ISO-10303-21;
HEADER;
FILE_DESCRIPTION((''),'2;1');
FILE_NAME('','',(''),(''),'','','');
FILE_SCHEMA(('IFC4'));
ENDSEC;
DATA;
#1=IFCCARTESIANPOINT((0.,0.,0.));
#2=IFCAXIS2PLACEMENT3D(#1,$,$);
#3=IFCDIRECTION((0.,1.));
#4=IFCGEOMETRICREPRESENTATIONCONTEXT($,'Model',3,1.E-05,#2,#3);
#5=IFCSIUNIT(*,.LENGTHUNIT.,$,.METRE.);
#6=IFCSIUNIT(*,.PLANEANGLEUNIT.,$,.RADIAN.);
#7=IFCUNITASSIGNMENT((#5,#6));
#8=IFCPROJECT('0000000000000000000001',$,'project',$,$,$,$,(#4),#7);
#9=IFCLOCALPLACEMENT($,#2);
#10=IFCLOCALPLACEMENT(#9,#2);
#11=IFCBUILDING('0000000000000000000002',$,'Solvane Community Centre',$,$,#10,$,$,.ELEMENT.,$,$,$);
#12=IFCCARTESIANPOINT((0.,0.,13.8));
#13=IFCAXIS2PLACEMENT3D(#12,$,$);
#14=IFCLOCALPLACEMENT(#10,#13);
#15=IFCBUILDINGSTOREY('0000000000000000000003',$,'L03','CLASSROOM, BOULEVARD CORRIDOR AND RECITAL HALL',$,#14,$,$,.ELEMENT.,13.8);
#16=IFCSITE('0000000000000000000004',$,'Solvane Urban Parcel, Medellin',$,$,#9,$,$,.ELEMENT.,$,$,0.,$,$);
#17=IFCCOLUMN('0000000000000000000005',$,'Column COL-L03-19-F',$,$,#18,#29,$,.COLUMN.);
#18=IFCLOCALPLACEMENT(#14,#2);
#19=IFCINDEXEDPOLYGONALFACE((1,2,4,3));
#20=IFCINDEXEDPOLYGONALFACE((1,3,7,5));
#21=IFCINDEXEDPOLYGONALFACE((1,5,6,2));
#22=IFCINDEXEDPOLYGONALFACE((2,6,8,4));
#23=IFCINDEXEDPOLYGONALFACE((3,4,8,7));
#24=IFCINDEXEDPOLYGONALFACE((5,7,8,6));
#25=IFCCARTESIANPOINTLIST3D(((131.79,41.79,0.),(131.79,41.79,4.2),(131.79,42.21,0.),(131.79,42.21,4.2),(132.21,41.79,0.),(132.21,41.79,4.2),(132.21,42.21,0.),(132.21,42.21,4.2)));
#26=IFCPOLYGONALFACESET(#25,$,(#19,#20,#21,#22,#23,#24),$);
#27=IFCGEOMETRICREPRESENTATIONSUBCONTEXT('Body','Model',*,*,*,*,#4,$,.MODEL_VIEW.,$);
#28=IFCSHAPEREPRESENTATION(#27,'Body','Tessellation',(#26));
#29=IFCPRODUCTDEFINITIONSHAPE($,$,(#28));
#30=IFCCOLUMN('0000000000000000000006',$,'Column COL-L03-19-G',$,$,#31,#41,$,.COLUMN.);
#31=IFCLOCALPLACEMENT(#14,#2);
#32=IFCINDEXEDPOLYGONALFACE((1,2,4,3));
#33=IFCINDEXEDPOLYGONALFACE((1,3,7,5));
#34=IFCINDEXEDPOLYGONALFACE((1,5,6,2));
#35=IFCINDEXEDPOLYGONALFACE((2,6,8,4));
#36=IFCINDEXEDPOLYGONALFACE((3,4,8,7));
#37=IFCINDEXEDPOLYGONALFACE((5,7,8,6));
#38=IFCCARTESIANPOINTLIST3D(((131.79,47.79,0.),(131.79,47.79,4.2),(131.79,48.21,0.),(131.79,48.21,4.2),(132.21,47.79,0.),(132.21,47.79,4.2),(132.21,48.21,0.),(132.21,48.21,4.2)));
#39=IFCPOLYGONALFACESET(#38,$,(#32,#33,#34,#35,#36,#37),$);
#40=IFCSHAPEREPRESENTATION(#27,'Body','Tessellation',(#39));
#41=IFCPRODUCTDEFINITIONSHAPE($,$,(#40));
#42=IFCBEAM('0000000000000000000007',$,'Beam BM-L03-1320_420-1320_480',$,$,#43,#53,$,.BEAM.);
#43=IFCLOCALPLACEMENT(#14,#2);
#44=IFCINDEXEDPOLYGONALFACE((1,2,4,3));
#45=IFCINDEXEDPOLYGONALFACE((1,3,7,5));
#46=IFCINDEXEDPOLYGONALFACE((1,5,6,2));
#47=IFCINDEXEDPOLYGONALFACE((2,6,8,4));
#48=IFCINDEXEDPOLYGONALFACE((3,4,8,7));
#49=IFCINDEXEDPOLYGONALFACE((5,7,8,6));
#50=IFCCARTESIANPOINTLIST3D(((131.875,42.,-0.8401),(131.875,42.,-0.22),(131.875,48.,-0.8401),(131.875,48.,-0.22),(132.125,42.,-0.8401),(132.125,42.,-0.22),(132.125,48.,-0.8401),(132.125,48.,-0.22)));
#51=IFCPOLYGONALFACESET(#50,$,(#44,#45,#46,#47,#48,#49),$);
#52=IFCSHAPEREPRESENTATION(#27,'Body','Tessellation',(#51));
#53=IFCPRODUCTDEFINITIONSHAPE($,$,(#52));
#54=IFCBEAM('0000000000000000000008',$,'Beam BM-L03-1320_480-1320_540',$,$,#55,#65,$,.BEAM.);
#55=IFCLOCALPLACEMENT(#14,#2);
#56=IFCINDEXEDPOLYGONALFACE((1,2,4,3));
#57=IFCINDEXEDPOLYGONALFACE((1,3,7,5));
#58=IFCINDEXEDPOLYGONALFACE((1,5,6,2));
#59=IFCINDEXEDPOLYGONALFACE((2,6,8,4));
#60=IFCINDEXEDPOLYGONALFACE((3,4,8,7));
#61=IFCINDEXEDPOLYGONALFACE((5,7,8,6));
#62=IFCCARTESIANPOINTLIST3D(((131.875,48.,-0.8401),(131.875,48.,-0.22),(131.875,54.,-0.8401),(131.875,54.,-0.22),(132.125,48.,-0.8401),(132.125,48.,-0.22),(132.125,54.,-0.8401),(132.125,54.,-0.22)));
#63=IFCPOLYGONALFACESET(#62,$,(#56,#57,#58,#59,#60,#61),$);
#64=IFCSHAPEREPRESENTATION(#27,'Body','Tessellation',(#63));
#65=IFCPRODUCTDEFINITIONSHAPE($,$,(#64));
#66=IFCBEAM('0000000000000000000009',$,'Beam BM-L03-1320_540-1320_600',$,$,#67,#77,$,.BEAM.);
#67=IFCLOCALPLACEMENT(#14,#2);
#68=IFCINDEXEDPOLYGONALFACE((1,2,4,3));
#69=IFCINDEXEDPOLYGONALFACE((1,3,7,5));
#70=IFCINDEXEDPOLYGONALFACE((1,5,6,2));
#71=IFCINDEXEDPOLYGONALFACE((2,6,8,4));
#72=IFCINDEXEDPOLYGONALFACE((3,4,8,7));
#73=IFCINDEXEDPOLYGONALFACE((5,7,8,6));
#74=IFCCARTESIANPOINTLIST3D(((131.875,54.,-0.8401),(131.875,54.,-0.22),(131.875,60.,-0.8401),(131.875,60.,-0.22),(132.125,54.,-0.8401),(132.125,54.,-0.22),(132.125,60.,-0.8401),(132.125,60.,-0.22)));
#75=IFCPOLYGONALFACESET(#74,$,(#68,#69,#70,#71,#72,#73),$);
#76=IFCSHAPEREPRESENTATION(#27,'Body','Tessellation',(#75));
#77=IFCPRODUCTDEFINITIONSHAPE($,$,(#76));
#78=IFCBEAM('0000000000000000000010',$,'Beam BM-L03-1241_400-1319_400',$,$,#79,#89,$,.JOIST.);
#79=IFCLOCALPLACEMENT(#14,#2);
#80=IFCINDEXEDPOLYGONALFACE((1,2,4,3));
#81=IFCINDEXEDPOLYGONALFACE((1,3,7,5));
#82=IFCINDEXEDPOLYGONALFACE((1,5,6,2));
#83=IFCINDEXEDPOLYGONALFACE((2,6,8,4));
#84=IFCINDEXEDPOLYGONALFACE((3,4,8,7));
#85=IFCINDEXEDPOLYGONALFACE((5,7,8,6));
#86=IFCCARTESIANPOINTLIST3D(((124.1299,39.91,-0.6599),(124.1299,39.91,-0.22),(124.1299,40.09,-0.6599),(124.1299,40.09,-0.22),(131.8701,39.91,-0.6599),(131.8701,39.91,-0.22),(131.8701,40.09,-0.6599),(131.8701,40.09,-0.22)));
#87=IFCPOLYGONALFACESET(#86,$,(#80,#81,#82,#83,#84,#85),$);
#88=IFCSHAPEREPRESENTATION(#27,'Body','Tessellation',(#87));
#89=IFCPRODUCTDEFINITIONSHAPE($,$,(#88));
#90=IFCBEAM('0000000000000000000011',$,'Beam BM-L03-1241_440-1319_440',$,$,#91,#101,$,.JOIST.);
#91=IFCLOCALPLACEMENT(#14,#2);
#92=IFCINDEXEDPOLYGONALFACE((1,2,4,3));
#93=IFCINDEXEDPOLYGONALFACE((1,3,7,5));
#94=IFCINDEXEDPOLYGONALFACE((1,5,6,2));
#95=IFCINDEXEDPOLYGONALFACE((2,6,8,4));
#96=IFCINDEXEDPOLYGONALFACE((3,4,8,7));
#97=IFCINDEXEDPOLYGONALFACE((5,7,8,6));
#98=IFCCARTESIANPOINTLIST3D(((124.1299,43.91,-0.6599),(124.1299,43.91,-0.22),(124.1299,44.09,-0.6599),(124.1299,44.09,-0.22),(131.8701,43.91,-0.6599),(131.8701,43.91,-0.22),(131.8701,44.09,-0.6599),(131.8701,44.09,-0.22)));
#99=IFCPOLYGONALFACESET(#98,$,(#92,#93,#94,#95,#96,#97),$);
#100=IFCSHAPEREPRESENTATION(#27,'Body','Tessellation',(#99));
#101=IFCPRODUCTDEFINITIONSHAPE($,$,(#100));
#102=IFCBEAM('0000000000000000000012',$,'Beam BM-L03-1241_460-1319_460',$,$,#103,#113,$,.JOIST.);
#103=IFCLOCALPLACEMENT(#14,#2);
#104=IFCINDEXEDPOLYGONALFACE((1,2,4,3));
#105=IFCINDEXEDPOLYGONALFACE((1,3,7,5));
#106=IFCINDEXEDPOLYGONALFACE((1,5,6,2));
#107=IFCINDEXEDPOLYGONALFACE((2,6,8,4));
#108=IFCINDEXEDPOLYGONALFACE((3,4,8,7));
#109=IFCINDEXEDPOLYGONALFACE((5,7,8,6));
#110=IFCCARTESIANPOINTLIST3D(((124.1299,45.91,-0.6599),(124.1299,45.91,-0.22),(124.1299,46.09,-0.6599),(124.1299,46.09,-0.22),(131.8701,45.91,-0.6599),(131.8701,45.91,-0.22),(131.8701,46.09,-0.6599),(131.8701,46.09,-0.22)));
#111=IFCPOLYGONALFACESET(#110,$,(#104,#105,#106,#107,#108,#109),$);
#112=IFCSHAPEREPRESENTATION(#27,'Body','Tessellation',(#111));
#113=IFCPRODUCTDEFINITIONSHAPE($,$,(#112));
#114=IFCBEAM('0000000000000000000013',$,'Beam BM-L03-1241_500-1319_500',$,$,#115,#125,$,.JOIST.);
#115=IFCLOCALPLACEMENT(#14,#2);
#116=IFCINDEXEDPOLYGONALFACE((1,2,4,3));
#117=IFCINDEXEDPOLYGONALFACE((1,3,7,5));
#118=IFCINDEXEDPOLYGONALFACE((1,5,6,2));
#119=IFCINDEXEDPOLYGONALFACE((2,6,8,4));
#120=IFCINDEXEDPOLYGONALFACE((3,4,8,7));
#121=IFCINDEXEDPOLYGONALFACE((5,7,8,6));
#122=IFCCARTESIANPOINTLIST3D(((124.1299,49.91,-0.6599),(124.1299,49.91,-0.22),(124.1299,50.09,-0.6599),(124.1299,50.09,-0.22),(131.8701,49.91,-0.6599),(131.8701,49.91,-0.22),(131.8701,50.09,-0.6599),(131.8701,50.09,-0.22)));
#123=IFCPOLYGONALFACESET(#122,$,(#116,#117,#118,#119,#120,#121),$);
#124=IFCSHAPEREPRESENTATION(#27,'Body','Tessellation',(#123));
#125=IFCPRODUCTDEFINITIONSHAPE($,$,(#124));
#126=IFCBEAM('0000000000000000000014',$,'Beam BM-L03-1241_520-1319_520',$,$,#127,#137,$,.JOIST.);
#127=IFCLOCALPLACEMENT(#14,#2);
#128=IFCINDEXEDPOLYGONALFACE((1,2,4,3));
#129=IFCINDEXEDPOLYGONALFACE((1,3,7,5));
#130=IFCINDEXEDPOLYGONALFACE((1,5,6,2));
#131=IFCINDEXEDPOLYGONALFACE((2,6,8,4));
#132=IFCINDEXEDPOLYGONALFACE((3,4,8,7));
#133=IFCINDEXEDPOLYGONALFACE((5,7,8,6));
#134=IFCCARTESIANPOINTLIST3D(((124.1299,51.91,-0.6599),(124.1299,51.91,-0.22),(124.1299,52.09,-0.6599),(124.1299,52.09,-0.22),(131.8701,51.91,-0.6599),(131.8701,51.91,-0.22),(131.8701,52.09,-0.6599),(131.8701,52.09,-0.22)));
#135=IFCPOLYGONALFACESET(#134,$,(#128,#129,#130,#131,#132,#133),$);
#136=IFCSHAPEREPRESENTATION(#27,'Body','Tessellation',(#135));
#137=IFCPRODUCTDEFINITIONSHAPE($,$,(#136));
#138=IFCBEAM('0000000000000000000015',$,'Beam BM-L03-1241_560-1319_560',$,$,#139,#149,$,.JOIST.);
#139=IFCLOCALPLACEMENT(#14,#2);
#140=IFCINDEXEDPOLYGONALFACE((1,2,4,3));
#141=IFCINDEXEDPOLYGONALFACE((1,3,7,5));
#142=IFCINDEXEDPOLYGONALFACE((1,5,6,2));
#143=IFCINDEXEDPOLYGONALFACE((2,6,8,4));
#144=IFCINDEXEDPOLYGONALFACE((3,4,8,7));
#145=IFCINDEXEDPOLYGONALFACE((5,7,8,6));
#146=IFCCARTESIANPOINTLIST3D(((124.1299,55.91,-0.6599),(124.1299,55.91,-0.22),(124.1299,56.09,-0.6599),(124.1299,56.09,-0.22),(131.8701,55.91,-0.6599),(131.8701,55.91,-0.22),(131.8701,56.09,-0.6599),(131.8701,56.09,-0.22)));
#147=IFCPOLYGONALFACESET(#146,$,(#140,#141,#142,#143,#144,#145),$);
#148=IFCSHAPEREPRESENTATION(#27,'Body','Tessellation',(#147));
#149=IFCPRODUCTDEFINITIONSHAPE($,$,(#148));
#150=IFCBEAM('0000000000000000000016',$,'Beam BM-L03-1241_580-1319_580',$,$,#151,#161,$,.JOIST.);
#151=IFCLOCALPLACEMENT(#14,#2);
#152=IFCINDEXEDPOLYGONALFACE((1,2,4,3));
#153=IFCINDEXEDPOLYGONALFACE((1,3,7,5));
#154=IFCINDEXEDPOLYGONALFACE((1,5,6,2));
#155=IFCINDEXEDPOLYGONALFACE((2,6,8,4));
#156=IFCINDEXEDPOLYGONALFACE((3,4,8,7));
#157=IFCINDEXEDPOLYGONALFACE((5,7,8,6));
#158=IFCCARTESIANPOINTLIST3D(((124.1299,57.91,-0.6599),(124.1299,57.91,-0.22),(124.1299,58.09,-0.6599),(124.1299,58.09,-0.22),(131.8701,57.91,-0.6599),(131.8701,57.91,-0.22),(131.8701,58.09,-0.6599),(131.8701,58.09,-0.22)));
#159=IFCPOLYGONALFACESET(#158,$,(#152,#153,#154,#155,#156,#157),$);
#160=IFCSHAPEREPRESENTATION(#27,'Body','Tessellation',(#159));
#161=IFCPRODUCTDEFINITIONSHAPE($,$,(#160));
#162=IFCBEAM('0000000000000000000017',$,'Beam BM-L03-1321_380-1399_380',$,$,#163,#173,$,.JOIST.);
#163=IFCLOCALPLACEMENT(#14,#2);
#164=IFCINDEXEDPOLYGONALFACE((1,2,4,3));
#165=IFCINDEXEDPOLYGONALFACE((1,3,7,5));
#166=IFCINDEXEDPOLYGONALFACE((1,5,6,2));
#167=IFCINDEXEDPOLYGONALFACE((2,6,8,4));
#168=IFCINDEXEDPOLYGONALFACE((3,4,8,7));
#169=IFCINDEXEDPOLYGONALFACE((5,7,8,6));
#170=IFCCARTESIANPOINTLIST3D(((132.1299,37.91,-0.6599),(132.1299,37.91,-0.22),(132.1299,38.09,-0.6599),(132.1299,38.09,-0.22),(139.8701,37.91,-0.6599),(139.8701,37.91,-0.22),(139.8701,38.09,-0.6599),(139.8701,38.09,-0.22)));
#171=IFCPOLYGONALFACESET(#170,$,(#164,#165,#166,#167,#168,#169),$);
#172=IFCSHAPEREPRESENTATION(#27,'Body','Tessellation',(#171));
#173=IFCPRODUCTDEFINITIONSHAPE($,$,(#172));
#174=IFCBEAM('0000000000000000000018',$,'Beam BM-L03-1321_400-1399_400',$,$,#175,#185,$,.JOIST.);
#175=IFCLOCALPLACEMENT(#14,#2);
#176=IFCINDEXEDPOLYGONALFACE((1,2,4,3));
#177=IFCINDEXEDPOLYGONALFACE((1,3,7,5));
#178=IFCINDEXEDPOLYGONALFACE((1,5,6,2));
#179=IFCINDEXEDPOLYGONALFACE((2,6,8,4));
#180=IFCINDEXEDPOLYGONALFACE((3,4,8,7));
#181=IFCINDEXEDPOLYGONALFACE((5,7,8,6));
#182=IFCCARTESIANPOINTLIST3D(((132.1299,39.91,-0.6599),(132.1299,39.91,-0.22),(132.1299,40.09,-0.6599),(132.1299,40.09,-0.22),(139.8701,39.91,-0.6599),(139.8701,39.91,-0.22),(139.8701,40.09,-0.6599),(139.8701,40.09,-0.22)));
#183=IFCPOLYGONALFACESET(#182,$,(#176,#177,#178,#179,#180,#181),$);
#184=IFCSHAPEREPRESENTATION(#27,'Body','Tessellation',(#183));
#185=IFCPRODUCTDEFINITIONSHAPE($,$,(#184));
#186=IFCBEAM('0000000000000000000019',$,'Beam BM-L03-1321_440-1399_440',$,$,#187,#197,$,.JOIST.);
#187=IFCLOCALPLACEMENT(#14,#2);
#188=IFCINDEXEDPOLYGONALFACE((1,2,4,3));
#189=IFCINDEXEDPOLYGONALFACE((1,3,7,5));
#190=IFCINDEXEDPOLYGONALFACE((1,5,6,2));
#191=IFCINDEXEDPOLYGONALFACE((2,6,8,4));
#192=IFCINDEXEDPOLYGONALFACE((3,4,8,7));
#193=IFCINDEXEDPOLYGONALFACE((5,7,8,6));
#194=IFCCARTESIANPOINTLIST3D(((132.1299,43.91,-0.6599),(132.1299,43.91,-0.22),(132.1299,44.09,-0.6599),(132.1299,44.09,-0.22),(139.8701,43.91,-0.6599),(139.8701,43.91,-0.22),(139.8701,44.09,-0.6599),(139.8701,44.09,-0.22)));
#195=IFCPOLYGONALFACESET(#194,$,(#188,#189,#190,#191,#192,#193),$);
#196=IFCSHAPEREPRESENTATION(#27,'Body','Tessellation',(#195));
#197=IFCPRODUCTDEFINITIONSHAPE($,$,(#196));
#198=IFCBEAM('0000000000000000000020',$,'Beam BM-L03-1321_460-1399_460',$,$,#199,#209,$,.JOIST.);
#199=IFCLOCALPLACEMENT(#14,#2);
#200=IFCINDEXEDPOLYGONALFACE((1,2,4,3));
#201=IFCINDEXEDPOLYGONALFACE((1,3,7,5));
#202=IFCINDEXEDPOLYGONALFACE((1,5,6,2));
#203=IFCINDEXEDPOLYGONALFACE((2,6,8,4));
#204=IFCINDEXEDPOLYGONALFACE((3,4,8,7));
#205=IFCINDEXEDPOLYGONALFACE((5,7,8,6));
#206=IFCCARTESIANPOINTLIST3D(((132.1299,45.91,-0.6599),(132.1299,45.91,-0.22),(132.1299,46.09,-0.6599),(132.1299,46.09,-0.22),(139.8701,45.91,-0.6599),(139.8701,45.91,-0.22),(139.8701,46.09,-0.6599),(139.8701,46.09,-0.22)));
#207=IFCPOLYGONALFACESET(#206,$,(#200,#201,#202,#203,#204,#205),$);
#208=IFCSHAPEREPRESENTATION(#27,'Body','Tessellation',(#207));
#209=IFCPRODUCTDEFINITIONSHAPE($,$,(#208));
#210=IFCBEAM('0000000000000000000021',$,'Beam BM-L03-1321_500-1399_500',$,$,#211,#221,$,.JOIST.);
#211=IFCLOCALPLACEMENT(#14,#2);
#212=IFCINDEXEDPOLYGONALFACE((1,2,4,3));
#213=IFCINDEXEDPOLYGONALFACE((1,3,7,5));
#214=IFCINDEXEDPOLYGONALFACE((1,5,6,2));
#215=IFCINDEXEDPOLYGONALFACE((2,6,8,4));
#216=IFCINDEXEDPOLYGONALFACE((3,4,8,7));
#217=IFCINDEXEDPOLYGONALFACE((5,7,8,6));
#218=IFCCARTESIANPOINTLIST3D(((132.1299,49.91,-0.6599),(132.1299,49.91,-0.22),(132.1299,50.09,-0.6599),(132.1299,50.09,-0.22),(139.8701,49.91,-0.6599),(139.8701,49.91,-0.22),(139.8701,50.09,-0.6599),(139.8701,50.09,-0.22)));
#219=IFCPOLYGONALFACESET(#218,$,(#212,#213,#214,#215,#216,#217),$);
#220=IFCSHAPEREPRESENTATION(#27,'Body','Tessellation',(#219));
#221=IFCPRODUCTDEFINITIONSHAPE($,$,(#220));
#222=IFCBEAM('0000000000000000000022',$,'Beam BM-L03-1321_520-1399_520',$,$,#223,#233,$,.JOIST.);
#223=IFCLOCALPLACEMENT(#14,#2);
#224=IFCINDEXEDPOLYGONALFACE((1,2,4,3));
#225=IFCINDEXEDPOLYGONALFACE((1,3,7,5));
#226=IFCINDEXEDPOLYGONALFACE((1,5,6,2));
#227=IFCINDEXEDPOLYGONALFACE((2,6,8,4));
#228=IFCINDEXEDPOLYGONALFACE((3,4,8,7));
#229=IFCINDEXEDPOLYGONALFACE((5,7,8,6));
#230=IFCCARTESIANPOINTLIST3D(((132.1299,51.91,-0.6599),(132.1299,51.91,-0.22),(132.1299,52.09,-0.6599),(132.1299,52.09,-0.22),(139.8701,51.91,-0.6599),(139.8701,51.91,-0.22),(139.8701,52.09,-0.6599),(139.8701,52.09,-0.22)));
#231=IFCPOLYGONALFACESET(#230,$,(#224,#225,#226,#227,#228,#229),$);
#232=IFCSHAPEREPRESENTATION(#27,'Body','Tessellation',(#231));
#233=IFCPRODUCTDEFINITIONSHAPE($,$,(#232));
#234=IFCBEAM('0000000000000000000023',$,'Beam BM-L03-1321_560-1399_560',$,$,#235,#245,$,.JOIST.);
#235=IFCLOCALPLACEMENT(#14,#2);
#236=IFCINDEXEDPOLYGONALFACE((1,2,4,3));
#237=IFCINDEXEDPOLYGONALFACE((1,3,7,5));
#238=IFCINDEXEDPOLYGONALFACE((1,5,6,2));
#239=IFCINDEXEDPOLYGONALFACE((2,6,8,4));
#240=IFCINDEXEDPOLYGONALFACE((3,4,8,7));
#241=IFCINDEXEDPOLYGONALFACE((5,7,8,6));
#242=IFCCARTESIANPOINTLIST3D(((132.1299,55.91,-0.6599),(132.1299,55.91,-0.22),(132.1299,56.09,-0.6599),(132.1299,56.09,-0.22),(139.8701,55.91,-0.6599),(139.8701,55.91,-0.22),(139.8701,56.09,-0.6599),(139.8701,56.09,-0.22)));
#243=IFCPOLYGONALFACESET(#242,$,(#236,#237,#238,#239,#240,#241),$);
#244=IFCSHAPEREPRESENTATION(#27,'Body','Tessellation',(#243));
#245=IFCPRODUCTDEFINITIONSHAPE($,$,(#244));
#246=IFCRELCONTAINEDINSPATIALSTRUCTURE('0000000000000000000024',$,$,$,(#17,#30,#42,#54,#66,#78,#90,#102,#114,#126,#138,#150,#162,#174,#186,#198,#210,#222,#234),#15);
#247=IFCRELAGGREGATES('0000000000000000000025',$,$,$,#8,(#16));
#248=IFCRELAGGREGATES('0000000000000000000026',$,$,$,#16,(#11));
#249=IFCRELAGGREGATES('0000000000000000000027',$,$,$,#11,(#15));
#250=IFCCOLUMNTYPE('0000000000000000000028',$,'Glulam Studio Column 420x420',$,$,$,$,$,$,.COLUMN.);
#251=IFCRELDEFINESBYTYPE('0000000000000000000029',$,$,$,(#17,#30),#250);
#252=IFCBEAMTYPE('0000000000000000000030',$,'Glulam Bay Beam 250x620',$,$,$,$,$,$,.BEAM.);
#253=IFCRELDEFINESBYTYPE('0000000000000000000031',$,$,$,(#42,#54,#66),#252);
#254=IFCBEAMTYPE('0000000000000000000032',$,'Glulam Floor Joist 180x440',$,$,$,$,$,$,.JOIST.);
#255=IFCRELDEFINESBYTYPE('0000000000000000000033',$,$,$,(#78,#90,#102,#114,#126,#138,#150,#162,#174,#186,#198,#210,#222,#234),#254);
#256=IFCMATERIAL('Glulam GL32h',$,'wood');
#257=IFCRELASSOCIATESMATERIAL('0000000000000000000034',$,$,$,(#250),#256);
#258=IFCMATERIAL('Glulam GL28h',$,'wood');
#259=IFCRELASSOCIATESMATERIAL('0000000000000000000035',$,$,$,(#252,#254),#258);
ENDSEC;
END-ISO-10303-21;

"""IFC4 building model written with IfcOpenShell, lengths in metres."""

from ifc_helpers import new_model, si_unit, direction, frame, origin, origin_2d, place, context, subcontext, project, spatial, rectangle, extrude, material, material_profile, profile_set, type_object, element, save


model = new_model("IFC4")

# Units and contexts
model_context = context("Model", 3, precision=1e-05, world=origin(), true_north=direction((0.0, 1.0)))
body_context = subcontext(model_context, "Body", "Model", "MODEL_VIEW")
ifc_project = project(units=[si_unit("LENGTHUNIT", "METRE"), si_unit("PLANEANGLEUNIT", "RADIAN")], contexts=[model_context])

# Site, building, storey
site_placement = place(None, origin())
site = spatial("IfcSite", under=ifc_project, at=site_placement, Name="Solvane Urban Parcel, Medellin", CompositionType="ELEMENT", RefElevation=0.0)
building_placement = place(site_placement, origin())
building = spatial("IfcBuilding", under=site, at=building_placement, Name="Solvane Community Centre", CompositionType="ELEMENT")
storey_placement = place(building_placement, frame((0.0, 0.0, 13.8)))
storey = spatial("IfcBuildingStorey", under=building, at=storey_placement, Name="L03", Description="CLASSROOM, BOULEVARD CORRIDOR AND RECITAL HALL", CompositionType="ELEMENT", Elevation=13.8)

# Columns
ifc_material_1 = material(Name="Glulam GL32h", Category="wood")
ifc_material_profile_1 = material_profile(ifc_material_1, rectangle(XDim=0.4199, YDim=0.4199, at=origin_2d()), Name="GL32h 420x420")
ifc_profile_set_1 = profile_set([ifc_material_profile_1], Name="Glulam GL32h")
column_type = type_object("IfcColumnType", Name="Glulam Studio Column 420x420", PredefinedType="COLUMN", material=ifc_profile_set_1)
for number, where, z_axis, x_axis, name in (
    (1, (132.0, 42.0, 0.0), (0.0, 0.0, 1.0), (1.0, 0.0, 0.0), "Column COL-L03-19-F"),
    (2, (132.0, 48.0, 0.0), (0.0, 0.0, 1.0), (1.0, 0.0, 0.0), "Column COL-L03-19-G"),
):
    element("IfcColumn", number, at=place(storey_placement, frame(where, z_axis=z_axis, x_axis=x_axis)), inside=storey, type_object=column_type, Name=name, PredefinedType="COLUMN", context=body_context, shape_type="SweptSolid", body=[
        extrude(rectangle(XDim=0.4199, YDim=0.4199, at=origin_2d()), origin(), (0.0, 0.0, 1.0), 4.2),
    ])

# Beams
ifc_material_2 = material(Name="Glulam GL28h", Category="wood")
ifc_material_profile_2 = material_profile(ifc_material_2, rectangle(XDim=0.25, YDim=0.6201, at=origin_2d()), Name="GL28h 250x620")
ifc_profile_set_2 = profile_set([ifc_material_profile_2], Name="Glulam GL28h")
beam_type_1 = type_object("IfcBeamType", Name="Glulam Bay Beam 250x620", PredefinedType="BEAM", material=ifc_profile_set_2)
for number, where, z_axis, x_axis, name in (
    (3, (132.0, 42.0, -0.53), (0.0, 1.0, 0.0), (-1.0, 0.0, 0.0), "Beam BM-L03-1320_420-1320_480"),
    (4, (132.0, 48.0, -0.53), (0.0, 1.0, 0.0), (-1.0, 0.0, 0.0), "Beam BM-L03-1320_480-1320_540"),
    (5, (132.0, 54.0, -0.53), (0.0, 1.0, 0.0), (-1.0, 0.0, 0.0), "Beam BM-L03-1320_540-1320_600"),
):
    element("IfcBeam", number, at=place(storey_placement, frame(where, z_axis=z_axis, x_axis=x_axis)), inside=storey, type_object=beam_type_1, Name=name, PredefinedType="BEAM", context=body_context, shape_type="SweptSolid", body=[
        extrude(rectangle(XDim=0.25, YDim=0.6201, at=origin_2d()), origin(), (0.0, 0.0, 1.0), 6.0),
    ])
ifc_material_profile_3 = material_profile(ifc_material_2, rectangle(XDim=0.1799, YDim=0.4399, at=origin_2d()), Name="GL28h 180x440")
ifc_profile_set_3 = profile_set([ifc_material_profile_3], Name="Glulam GL28h")
beam_type_2 = type_object("IfcBeamType", Name="Glulam Floor Joist 180x440", PredefinedType="JOIST", material=ifc_profile_set_3)
for number, where, z_axis, x_axis, name in (
    (6, (124.1299, 40.0, -0.4399), (1.0, 0.0, 0.0), (0.0, 1.0, 0.0), "Beam BM-L03-1241_400-1319_400"),
    (7, (124.1299, 44.0, -0.4399), (1.0, 0.0, 0.0), (0.0, 1.0, 0.0), "Beam BM-L03-1241_440-1319_440"),
    (8, (124.1299, 46.0, -0.4399), (1.0, 0.0, 0.0), (0.0, 1.0, 0.0), "Beam BM-L03-1241_460-1319_460"),
    (9, (124.1299, 50.0, -0.4399), (1.0, 0.0, 0.0), (0.0, 1.0, 0.0), "Beam BM-L03-1241_500-1319_500"),
    (10, (124.1299, 52.0, -0.4399), (1.0, 0.0, 0.0), (0.0, 1.0, 0.0), "Beam BM-L03-1241_520-1319_520"),
    (11, (124.1299, 56.0, -0.4399), (1.0, 0.0, 0.0), (0.0, 1.0, 0.0), "Beam BM-L03-1241_560-1319_560"),
    (12, (124.1299, 58.0, -0.4399), (1.0, 0.0, 0.0), (0.0, 1.0, 0.0), "Beam BM-L03-1241_580-1319_580"),
    (13, (132.1299, 38.0, -0.4399), (1.0, 0.0, 0.0), (0.0, 1.0, 0.0), "Beam BM-L03-1321_380-1399_380"),
    (14, (132.1299, 40.0, -0.4399), (1.0, 0.0, 0.0), (0.0, 1.0, 0.0), "Beam BM-L03-1321_400-1399_400"),
    (15, (132.1299, 44.0, -0.4399), (1.0, 0.0, 0.0), (0.0, 1.0, 0.0), "Beam BM-L03-1321_440-1399_440"),
    (16, (132.1299, 46.0, -0.4399), (1.0, 0.0, 0.0), (0.0, 1.0, 0.0), "Beam BM-L03-1321_460-1399_460"),
    (17, (132.1299, 50.0, -0.4399), (1.0, 0.0, 0.0), (0.0, 1.0, 0.0), "Beam BM-L03-1321_500-1399_500"),
    (18, (132.1299, 52.0, -0.4399), (1.0, 0.0, 0.0), (0.0, 1.0, 0.0), "Beam BM-L03-1321_520-1399_520"),
    (19, (132.1299, 56.0, -0.4399), (1.0, 0.0, 0.0), (0.0, 1.0, 0.0), "Beam BM-L03-1321_560-1399_560"),
):
    element("IfcBeam", number, at=place(storey_placement, frame(where, z_axis=z_axis, x_axis=x_axis)), inside=storey, type_object=beam_type_2, Name=name, PredefinedType="JOIST", context=body_context, shape_type="SweptSolid", body=[
        extrude(rectangle(XDim=0.1799, YDim=0.4399, at=origin_2d()), origin(), (0.0, 0.0, 1.0), 7.7402),
    ])

save(model, "model.ifc")
